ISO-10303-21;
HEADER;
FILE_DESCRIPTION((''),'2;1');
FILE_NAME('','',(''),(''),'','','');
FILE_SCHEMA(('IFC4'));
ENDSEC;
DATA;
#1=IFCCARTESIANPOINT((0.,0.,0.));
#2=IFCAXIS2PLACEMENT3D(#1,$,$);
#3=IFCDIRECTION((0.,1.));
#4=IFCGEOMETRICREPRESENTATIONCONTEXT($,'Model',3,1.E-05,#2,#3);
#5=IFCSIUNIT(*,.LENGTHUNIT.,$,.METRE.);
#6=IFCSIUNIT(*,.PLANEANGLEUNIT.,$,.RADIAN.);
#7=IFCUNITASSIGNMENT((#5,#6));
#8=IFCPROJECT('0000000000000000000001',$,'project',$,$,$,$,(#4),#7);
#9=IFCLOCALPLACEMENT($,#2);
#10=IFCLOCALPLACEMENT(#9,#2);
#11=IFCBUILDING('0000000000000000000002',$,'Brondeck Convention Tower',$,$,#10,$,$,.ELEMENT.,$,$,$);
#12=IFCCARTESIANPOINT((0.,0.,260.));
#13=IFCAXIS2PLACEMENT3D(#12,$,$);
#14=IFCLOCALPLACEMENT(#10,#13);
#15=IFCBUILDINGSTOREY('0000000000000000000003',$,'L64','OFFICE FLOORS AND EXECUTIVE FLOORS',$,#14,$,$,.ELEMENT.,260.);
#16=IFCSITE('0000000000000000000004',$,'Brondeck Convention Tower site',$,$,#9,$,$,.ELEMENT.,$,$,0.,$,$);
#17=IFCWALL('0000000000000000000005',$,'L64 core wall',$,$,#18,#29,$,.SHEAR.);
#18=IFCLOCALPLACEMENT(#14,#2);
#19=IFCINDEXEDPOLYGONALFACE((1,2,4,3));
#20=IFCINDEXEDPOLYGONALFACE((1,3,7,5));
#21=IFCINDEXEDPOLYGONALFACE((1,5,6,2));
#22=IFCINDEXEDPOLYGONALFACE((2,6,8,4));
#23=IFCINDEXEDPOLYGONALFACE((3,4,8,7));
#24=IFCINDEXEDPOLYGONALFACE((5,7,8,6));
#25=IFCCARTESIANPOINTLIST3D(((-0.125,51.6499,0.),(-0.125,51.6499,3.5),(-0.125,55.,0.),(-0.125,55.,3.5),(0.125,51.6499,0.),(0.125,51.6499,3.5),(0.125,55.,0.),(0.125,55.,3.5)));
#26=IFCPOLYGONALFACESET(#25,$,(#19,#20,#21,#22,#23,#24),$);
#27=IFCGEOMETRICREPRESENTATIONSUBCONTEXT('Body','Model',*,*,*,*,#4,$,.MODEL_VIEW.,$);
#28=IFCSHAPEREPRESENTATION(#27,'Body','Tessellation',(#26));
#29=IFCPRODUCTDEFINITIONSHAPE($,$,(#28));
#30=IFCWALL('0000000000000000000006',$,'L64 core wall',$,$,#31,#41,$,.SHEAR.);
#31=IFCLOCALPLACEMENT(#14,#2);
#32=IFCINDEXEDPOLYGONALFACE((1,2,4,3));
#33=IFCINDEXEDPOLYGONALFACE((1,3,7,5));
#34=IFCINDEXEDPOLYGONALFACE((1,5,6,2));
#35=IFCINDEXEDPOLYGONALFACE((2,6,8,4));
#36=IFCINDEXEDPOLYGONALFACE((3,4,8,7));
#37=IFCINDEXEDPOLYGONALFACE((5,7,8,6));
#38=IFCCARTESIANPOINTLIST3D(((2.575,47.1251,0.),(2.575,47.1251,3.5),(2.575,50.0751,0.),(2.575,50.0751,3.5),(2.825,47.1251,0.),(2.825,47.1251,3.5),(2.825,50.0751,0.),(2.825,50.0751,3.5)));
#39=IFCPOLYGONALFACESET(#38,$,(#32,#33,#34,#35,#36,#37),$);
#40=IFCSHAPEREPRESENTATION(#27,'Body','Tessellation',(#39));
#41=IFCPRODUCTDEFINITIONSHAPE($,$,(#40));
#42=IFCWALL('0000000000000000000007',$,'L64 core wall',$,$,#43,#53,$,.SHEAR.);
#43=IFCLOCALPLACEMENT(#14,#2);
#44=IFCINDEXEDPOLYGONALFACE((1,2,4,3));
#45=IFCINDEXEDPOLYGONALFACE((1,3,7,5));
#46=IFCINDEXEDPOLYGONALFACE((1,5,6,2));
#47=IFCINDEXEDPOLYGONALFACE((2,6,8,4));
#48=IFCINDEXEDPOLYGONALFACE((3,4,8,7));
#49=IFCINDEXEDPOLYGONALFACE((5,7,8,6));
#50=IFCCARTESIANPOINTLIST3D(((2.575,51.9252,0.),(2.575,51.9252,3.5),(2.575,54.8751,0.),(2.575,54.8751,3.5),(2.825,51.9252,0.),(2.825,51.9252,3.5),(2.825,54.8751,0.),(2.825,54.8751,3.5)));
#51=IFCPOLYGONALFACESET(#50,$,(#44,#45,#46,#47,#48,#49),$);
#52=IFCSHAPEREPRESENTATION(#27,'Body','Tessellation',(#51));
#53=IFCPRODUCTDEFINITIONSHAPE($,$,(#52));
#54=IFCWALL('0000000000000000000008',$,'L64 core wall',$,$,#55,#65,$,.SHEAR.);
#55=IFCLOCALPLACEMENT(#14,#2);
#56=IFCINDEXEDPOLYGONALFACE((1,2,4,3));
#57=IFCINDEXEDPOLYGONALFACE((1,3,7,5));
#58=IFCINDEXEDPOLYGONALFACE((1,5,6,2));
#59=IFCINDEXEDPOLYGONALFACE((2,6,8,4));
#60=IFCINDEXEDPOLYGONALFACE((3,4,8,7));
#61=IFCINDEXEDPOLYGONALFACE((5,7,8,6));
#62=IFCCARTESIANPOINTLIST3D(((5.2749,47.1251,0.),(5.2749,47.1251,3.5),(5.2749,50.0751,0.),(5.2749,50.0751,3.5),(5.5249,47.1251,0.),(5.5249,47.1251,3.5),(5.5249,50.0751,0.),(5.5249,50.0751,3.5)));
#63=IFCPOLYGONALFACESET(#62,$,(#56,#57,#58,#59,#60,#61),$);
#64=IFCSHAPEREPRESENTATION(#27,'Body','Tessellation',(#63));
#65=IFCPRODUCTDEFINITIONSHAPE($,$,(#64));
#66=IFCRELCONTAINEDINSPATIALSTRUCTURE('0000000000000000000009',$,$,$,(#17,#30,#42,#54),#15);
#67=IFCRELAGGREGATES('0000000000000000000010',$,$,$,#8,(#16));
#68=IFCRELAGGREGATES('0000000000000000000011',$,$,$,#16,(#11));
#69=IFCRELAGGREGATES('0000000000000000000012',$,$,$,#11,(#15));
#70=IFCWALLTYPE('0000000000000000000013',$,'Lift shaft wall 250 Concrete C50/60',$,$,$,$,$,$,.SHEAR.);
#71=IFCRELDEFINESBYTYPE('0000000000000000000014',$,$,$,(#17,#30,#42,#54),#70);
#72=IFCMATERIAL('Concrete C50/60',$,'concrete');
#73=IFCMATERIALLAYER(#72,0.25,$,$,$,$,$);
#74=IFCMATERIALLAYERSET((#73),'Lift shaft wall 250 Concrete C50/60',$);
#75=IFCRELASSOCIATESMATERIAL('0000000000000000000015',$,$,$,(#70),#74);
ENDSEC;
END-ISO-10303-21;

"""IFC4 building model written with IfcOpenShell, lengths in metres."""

from ifc_helpers import new_model, si_unit, direction, frame, frame_2d, origin, place, context, subcontext, project, spatial, rectangle, extrude, material, layer, layer_set, type_object, element, save


model = new_model("IFC4")

# Units and contexts
model_context = context("Model", 3, precision=1e-05, world=origin(), true_north=direction((0.0, 1.0)))
body_context = subcontext(model_context, "Body", "Model", "MODEL_VIEW")
ifc_project = project(units=[si_unit("LENGTHUNIT", "METRE"), si_unit("PLANEANGLEUNIT", "RADIAN")], contexts=[model_context])

# Site, building, storey
site_placement = place(None, origin())
site = spatial("IfcSite", under=ifc_project, at=site_placement, Name="Brondeck Convention Tower site", CompositionType="ELEMENT", RefElevation=0.0)
building_placement = place(site_placement, origin())
building = spatial("IfcBuilding", under=site, at=building_placement, Name="Brondeck Convention Tower", CompositionType="ELEMENT")
storey_placement = place(building_placement, frame((0.0, 0.0, 260.0)))
storey = spatial("IfcBuildingStorey", under=building, at=storey_placement, Name="L64", Description="OFFICE FLOORS AND EXECUTIVE FLOORS", CompositionType="ELEMENT", Elevation=260.0)

# Shared definitions
ifc_material_1 = material(Name="Concrete C50/60", Category="concrete")

# Shared definitions
ifc_layer_1 = layer(ifc_material_1, 0.25)
ifc_layer_set_1 = layer_set([ifc_layer_1], Name="Lift shaft wall 250 Concrete C50/60")
wall_type_1 = type_object("IfcWallType", Name="Lift shaft wall 250 Concrete C50/60", PredefinedType="SHEAR", material=ifc_layer_set_1)

# Walls
wall_1_placement = place(storey_placement, frame((0.0, 51.6499, 0.0), z_axis=(0.0, 0.0, 1.0), x_axis=(0.0, 1.0, 0.0)))
element("IfcWall", 1, at=wall_1_placement, inside=storey, type_object=wall_type_1, Name="L64 core wall", PredefinedType="SHEAR", context=body_context, shape_type="SweptSolid", body=[
    extrude(rectangle(XDim=3.3501, YDim=0.25, at=frame_2d((1.675, 0.0))), origin(), (0.0, 0.0, 1.0), 3.5),
])
for number, where, z_axis, x_axis, name in (
    (2, (2.7, 47.125, 0.0), (0.0, 0.0, 1.0), (0.0, 1.0, 0.0), "L64 core wall"),
    (3, (2.7, 51.925, 0.0), (0.0, 0.0, 1.0), (0.0, 1.0, 0.0), "L64 core wall"),
    (4, (5.3999, 47.125, 0.0), (0.0, 0.0, 1.0), (0.0, 1.0, 0.0), "L64 core wall"),
):
    element("IfcWall", number, at=place(storey_placement, frame(where, z_axis=z_axis, x_axis=x_axis)), inside=storey, type_object=wall_type_1, Name=name, PredefinedType="SHEAR", context=body_context, shape_type="SweptSolid", body=[
        extrude(rectangle(XDim=2.95, YDim=0.25, at=frame_2d((1.4751, 0.0))), origin(), (0.0, 0.0, 1.0), 3.5),
    ])

save(model, "model.ifc")
